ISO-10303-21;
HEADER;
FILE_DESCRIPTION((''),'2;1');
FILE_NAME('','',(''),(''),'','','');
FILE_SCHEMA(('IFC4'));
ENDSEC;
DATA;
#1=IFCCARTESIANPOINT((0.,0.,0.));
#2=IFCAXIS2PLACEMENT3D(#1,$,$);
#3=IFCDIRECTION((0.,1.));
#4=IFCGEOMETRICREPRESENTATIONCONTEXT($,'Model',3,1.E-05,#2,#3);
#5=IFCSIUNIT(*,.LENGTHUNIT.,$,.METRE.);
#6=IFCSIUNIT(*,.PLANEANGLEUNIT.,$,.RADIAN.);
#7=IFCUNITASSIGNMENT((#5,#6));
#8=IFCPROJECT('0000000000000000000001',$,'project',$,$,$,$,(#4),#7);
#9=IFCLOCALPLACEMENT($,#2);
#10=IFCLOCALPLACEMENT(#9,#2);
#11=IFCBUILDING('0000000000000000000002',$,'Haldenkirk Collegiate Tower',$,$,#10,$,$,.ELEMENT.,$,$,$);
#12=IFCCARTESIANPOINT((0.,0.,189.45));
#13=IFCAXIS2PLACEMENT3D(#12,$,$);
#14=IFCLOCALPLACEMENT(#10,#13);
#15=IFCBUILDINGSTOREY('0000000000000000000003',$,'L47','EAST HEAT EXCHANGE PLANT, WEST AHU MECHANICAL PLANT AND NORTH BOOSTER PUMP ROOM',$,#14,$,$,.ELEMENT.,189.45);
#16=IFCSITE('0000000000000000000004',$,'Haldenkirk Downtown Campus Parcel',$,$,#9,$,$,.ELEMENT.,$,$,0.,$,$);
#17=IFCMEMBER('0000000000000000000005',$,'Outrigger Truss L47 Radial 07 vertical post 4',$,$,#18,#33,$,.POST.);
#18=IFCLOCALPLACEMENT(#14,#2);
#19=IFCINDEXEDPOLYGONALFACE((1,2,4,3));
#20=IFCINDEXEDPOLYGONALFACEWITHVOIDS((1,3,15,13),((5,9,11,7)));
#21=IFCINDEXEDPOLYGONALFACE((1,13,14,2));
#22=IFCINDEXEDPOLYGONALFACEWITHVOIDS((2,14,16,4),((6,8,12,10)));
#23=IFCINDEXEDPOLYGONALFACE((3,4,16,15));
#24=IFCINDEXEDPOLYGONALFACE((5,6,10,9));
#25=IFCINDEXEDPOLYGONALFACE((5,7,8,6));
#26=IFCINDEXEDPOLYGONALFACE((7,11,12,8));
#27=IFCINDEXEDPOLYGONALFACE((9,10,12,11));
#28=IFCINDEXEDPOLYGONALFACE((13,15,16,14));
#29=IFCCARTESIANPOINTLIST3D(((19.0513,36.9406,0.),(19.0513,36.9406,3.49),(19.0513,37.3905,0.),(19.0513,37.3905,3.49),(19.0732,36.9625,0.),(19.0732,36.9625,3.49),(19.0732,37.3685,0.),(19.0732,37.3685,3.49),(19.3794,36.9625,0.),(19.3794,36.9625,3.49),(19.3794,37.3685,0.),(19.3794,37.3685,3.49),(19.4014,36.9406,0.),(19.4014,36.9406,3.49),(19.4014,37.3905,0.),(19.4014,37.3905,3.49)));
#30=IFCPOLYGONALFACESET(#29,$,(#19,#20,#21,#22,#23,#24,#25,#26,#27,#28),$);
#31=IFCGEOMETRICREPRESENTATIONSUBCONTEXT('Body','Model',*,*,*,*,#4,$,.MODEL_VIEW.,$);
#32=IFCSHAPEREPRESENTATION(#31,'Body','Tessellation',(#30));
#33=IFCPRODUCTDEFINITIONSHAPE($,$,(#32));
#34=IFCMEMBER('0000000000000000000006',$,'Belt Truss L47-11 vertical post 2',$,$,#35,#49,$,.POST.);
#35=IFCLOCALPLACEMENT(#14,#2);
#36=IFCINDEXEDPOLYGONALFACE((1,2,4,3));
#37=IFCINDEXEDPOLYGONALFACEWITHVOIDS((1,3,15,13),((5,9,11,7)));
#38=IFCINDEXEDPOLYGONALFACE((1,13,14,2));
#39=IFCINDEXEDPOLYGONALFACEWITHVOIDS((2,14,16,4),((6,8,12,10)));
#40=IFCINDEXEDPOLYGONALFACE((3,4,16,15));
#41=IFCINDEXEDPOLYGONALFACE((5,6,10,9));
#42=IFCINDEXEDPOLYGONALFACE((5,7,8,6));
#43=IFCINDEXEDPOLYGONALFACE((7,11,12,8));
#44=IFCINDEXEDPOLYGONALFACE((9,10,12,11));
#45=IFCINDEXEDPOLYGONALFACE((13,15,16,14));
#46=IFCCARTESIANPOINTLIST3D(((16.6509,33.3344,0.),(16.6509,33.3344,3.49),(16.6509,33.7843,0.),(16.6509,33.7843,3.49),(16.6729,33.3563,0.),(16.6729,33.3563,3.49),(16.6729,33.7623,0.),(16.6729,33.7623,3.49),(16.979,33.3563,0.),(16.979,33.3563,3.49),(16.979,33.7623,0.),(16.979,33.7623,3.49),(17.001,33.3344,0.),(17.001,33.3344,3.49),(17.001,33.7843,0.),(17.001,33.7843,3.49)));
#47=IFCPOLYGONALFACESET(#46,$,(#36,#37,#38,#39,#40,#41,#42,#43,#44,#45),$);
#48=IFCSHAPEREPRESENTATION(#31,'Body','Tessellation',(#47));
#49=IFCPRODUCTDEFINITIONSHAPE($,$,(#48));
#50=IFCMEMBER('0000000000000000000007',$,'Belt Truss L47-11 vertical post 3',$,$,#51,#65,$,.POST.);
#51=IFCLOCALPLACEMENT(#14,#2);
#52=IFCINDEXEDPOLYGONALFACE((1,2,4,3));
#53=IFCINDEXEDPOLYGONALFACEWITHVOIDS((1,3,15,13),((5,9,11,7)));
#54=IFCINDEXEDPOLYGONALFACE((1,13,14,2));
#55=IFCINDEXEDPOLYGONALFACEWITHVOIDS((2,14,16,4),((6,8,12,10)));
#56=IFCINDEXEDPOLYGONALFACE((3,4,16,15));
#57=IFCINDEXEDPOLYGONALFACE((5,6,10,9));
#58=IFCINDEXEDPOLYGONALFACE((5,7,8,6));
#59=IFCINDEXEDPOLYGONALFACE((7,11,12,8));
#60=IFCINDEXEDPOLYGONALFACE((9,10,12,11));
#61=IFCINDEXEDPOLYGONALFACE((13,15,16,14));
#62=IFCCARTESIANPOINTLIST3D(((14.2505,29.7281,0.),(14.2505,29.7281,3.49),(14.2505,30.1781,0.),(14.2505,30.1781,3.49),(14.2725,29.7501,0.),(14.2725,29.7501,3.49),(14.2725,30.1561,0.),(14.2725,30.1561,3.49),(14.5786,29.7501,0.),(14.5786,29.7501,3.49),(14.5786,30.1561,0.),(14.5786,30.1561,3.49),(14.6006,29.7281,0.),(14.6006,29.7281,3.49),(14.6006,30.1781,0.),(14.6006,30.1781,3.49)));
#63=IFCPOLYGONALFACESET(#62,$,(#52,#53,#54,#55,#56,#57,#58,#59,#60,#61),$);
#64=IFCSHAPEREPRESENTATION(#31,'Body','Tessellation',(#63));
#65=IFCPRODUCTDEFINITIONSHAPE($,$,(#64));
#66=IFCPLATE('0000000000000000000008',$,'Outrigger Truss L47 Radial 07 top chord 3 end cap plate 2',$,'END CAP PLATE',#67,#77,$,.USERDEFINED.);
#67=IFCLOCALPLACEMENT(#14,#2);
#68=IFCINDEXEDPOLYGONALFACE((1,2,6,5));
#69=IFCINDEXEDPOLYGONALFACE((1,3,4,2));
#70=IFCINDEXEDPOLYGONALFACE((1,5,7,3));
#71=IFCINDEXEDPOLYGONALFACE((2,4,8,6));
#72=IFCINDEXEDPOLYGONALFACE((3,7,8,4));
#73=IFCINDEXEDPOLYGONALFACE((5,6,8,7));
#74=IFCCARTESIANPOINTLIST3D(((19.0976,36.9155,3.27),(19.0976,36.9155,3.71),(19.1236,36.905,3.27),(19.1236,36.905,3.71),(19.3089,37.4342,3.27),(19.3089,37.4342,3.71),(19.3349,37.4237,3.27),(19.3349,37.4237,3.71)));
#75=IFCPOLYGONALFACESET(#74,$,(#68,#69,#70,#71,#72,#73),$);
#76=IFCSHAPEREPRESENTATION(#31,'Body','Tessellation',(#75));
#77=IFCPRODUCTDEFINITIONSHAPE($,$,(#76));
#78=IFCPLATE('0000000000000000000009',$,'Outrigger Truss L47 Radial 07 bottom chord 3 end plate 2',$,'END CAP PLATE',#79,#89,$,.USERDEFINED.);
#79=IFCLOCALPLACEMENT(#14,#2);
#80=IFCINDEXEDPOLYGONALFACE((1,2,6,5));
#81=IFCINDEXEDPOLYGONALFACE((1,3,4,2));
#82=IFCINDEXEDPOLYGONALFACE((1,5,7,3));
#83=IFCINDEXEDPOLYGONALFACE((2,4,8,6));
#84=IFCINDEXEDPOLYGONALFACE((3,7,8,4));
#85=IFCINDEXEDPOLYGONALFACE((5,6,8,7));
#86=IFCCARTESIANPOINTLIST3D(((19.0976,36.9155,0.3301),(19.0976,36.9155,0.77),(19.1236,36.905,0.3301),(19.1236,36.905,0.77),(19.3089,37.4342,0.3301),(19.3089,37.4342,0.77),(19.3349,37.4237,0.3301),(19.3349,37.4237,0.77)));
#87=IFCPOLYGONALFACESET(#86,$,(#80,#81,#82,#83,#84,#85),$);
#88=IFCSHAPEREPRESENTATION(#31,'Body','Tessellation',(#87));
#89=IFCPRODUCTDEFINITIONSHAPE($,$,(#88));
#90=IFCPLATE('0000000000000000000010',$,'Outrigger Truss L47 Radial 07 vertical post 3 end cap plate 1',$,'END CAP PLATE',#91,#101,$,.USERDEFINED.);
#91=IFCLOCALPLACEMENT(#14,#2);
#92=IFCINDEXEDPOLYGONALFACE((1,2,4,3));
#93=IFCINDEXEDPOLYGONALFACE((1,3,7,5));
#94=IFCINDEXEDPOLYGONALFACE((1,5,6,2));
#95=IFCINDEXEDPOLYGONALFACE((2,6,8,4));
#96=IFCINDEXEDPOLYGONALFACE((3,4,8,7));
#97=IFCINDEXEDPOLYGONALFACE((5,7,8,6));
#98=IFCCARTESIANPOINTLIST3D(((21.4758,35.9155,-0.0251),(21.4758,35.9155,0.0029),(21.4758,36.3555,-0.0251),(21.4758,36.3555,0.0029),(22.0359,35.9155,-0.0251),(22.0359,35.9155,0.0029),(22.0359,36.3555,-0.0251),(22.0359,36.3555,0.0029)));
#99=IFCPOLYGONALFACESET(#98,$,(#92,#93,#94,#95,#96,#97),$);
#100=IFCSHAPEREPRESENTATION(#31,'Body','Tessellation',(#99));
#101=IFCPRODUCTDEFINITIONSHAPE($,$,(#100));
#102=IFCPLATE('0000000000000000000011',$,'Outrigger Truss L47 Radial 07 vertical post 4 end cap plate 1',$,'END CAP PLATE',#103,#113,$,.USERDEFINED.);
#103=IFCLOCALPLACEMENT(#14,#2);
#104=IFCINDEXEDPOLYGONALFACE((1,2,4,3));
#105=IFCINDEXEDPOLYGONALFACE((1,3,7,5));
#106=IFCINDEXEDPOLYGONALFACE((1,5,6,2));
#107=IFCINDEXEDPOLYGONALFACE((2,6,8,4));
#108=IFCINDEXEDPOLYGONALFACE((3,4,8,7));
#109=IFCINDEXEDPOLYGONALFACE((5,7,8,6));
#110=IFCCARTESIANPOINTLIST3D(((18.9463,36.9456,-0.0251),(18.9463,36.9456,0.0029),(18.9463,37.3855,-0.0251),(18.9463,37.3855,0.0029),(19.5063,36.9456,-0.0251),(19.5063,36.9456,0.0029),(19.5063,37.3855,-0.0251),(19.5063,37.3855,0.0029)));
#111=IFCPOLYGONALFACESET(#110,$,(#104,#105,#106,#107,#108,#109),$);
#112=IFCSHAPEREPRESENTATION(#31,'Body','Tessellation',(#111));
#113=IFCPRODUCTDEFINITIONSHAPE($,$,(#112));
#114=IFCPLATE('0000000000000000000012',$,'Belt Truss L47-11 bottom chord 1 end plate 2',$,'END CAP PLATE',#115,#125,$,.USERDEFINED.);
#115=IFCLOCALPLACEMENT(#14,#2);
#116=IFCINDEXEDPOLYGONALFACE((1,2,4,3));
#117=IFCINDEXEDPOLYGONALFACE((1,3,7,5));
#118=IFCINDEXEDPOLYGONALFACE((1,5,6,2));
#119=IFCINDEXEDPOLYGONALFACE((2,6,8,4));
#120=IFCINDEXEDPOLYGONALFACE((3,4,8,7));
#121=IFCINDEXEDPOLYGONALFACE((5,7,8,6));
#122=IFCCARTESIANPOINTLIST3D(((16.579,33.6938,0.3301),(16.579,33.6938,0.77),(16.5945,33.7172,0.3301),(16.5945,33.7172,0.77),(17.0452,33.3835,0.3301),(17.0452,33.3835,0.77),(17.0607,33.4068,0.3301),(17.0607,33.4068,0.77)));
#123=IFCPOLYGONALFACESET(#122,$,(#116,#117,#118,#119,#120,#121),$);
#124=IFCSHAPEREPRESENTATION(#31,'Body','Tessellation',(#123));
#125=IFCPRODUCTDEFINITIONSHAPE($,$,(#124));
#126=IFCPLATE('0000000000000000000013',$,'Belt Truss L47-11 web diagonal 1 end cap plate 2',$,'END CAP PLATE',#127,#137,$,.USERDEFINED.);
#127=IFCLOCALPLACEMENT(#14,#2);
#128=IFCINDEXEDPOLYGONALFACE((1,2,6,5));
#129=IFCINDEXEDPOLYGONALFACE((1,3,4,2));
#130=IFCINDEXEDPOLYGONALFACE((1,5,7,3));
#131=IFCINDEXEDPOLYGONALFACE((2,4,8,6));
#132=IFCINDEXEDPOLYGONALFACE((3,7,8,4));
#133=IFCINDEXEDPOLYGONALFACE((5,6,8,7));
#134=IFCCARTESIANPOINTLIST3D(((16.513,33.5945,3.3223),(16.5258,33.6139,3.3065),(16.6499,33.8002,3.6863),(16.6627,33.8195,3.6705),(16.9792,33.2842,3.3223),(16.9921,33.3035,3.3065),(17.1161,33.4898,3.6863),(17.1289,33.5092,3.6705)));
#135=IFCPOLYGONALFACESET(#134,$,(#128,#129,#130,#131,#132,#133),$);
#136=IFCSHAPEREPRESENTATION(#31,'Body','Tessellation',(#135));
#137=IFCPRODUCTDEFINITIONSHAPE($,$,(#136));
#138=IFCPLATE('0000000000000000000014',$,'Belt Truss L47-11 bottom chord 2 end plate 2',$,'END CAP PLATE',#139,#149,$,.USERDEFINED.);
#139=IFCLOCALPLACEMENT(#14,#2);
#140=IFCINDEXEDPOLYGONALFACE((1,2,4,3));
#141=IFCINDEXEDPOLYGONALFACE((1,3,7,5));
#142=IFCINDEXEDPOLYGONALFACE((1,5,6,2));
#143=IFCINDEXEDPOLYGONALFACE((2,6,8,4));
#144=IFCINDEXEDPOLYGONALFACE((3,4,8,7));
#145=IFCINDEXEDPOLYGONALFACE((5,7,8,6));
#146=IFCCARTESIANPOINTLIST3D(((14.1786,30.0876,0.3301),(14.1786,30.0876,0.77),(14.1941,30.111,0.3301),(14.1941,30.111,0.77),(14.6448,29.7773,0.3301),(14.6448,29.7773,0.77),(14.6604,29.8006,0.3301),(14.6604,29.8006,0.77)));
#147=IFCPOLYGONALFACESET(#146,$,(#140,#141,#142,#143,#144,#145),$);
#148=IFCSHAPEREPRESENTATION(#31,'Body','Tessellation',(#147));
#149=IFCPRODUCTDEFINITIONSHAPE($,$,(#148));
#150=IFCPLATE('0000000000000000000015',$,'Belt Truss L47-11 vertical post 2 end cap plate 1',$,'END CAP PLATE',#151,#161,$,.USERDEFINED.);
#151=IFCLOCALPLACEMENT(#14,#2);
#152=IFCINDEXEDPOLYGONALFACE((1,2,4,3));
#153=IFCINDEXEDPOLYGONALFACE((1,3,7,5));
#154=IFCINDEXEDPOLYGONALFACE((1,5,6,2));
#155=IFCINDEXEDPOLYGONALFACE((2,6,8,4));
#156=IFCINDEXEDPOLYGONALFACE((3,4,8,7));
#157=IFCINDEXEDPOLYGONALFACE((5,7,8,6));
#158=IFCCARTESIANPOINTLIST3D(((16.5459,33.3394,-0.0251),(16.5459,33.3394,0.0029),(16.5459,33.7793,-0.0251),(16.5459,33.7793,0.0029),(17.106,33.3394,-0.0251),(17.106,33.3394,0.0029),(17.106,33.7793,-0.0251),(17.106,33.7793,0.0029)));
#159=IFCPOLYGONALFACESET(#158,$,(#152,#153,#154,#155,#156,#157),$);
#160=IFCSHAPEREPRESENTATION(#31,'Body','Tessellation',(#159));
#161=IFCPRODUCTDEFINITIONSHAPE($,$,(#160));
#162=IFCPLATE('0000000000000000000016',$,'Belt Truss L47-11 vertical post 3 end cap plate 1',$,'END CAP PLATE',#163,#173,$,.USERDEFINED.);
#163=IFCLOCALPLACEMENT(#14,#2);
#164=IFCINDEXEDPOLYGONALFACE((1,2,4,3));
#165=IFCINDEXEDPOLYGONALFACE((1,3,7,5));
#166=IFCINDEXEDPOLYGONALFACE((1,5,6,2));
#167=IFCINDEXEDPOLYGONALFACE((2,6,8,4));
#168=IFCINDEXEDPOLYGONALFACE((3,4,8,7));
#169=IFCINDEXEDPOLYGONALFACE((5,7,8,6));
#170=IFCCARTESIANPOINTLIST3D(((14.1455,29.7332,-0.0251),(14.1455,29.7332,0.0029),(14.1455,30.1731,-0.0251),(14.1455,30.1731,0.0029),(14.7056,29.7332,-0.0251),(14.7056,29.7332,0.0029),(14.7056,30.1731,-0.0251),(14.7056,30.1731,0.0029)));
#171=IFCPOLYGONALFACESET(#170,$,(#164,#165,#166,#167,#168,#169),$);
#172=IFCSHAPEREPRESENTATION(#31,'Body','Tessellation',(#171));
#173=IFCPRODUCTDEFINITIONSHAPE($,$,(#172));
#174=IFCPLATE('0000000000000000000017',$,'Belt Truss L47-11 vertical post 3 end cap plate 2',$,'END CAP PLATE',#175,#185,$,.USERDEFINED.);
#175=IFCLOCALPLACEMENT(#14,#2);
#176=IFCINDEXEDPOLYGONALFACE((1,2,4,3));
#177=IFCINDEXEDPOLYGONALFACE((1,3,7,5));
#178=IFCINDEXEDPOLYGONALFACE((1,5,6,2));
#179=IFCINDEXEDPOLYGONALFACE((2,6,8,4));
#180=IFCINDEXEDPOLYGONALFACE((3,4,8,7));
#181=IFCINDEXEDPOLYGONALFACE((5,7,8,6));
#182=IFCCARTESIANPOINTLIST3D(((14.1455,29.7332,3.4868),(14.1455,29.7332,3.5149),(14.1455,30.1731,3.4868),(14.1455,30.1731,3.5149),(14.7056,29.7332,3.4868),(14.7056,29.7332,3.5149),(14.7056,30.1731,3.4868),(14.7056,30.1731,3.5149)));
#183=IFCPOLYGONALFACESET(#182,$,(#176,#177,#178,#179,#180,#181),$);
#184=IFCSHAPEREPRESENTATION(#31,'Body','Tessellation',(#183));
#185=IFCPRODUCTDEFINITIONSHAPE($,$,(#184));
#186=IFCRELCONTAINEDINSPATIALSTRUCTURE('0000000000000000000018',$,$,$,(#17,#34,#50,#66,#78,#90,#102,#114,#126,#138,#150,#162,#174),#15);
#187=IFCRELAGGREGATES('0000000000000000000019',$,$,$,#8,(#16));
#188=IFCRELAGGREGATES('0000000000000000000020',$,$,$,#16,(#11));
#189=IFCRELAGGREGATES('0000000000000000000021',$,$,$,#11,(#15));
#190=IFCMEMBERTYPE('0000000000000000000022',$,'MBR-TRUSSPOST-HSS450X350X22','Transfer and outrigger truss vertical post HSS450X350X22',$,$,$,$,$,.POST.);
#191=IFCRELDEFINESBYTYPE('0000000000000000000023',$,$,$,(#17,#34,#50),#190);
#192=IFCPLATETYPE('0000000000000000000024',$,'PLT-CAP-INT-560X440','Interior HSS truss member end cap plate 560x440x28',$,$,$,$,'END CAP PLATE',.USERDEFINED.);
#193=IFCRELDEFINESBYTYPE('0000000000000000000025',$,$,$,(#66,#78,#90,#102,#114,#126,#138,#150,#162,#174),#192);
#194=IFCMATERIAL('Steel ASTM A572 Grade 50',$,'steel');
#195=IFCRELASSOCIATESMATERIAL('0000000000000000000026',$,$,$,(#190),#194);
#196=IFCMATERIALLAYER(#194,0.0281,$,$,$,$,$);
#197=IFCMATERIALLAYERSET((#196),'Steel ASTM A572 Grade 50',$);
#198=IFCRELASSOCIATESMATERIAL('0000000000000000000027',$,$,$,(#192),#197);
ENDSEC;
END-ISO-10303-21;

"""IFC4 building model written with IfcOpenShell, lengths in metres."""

from ifc_helpers import new_model, si_unit, direction, frame, origin, origin_2d, place, context, subcontext, project, spatial, rectangle, hollow_rectangle, extrude, source, transform, mapped, material, layer, layer_set, material_profile, profile_set, type_object, element, save


model = new_model("IFC4")

# Units and contexts
model_context = context("Model", 3, precision=1e-05, world=origin(), true_north=direction((0.0, 1.0)))
body_context = subcontext(model_context, "Body", "Model", "MODEL_VIEW")
ifc_project = project(units=[si_unit("LENGTHUNIT", "METRE"), si_unit("PLANEANGLEUNIT", "RADIAN")], contexts=[model_context])

# Site, building, storey
site_placement = place(None, origin())
site = spatial("IfcSite", under=ifc_project, at=site_placement, Name="Haldenkirk Downtown Campus Parcel", CompositionType="ELEMENT", RefElevation=0.0)
building_placement = place(site_placement, origin())
building = spatial("IfcBuilding", under=site, at=building_placement, Name="Haldenkirk Collegiate Tower", CompositionType="ELEMENT")
storey_placement = place(building_placement, frame((0.0, 0.0, 189.45)))
storey = spatial("IfcBuildingStorey", under=building, at=storey_placement, Name="L47", Description="EAST HEAT EXCHANGE PLANT, WEST AHU MECHANICAL PLANT AND NORTH BOOSTER PUMP ROOM", CompositionType="ELEMENT", Elevation=189.45)

# Members
ifc_material_1 = material(Name="Steel ASTM A572 Grade 50", Category="steel")
ifc_material_profile_1 = material_profile(ifc_material_1, hollow_rectangle(XDim=0.3501, YDim=0.45, WallThickness=0.022, at=origin_2d()), Name="HSS450X350X22")
ifc_profile_set_1 = profile_set([ifc_material_profile_1], Name="Steel ASTM A572 Grade 50")
member_type_1 = type_object("IfcMemberType", Name="MBR-TRUSSPOST-HSS450X350X22", Description="Transfer and outrigger truss vertical post HSS450X350X22", PredefinedType="POST", material=ifc_profile_set_1)
for number, where, z_axis, x_axis, name in (
    (1, (19.2263, 37.1655, 0.0), (0.0, 0.0, 1.0), (1.0, 0.0, 0.0), "Outrigger Truss L47 Radial 07 vertical post 4"),
    (2, (16.8259, 33.5593, 0.0), (0.0, 0.0, 1.0), (1.0, 0.0, 0.0), "Belt Truss L47-11 vertical post 2"),
    (3, (14.4255, 29.9531, 0.0), (0.0, 0.0, 1.0), (1.0, 0.0, 0.0), "Belt Truss L47-11 vertical post 3"),
):
    element("IfcMember", number, at=place(storey_placement, frame(where, z_axis=z_axis, x_axis=x_axis)), inside=storey, type_object=member_type_1, Name=name, PredefinedType="POST", context=body_context, shape_type="SweptSolid", body=[
        extrude(hollow_rectangle(XDim=0.3501, YDim=0.45, WallThickness=0.022, at=origin_2d()), origin(), (0.0, 0.0, 1.0), 3.49),
    ])

# Plates
ifc_layer = layer(ifc_material_1, 0.0281)
ifc_layer_set = layer_set([ifc_layer], Name="Steel ASTM A572 Grade 50")
plate_type = type_object("IfcPlateType", Name="PLT-CAP-INT-560X440", Description="Interior HSS truss member end cap plate 560x440x28", ElementType="END CAP PLATE", PredefinedType="USERDEFINED", material=ifc_layer_set)
shared_shape = source(origin(), body_context, "Body", "SweptSolid", [
    extrude(rectangle(XDim=0.5601, YDim=0.4399, at=origin_2d()), origin(), (0.0, 0.0, 1.0), 0.0281),
])
for number, where, z_axis, x_axis, name in (
    (4, (19.2292, 37.1643, 3.49), (-0.926161, 0.377128, 0.0), (-0.377128, -0.926161, 0.0), "Outrigger Truss L47 Radial 07 top chord 3 end cap plate 2"),
    (5, (19.2292, 37.1643, 0.55), (-0.926155, 0.377143, 0.0), (-0.377143, -0.926155, 0.0), "Outrigger Truss L47 Radial 07 bottom chord 3 end plate 2"),
    (6, (21.7559, 36.1355, 0.0029), (0.0, 0.0, -1.0), (1.0, 0.0, 0.0), "Outrigger Truss L47 Radial 07 vertical post 3 end cap plate 1"),
    (7, (19.2263, 37.1655, 0.0029), (0.0, 0.0, -1.0), (1.0, 0.0, 0.0), "Outrigger Truss L47 Radial 07 vertical post 4 end cap plate 1"),
    (8, (16.8276, 33.562, 0.55), (-0.554116, -0.83244, 0.0), (0.83244, -0.554116, 0.0), "Belt Truss L47-11 bottom chord 1 end plate 2"),
    (9, (16.8274, 33.5615, 3.4885), (-0.458494, -0.688791, 0.561561), (0.832441, -0.554114, 0.0), "Belt Truss L47-11 web diagonal 1 end cap plate 2"),
    (10, (14.4272, 29.9558, 0.55), (-0.554116, -0.83244, 0.0), (0.83244, -0.554116, 0.0), "Belt Truss L47-11 bottom chord 2 end plate 2"),
    (11, (16.8259, 33.5593, 0.0029), (0.0, 0.0, -1.0), (1.0, 0.0, 0.0), "Belt Truss L47-11 vertical post 2 end cap plate 1"),
    (12, (14.4255, 29.9531, 0.0029), (0.0, 0.0, -1.0), (1.0, 0.0, 0.0), "Belt Truss L47-11 vertical post 3 end cap plate 1"),
    (13, (14.4255, 29.9531, 3.4868), (0.0, 0.0, 1.0), (1.0, 0.0, 0.0), "Belt Truss L47-11 vertical post 3 end cap plate 2"),
):
    element("IfcPlate", number, at=place(storey_placement, frame(where, z_axis=z_axis, x_axis=x_axis)), inside=storey, type_object=plate_type, Name=name, ObjectType="END CAP PLATE", PredefinedType="USERDEFINED", context=body_context, shape_type="MappedRepresentation", body=[
        mapped(shared_shape, transform((0.0, 0.0, 0.0), x_axis=(1.0, 0.0, 0.0), y_axis=(0.0, 1.0, 0.0), z_axis=(0.0, 0.0, 1.0), scale=1.0)),
    ])

save(model, "model.ifc")
